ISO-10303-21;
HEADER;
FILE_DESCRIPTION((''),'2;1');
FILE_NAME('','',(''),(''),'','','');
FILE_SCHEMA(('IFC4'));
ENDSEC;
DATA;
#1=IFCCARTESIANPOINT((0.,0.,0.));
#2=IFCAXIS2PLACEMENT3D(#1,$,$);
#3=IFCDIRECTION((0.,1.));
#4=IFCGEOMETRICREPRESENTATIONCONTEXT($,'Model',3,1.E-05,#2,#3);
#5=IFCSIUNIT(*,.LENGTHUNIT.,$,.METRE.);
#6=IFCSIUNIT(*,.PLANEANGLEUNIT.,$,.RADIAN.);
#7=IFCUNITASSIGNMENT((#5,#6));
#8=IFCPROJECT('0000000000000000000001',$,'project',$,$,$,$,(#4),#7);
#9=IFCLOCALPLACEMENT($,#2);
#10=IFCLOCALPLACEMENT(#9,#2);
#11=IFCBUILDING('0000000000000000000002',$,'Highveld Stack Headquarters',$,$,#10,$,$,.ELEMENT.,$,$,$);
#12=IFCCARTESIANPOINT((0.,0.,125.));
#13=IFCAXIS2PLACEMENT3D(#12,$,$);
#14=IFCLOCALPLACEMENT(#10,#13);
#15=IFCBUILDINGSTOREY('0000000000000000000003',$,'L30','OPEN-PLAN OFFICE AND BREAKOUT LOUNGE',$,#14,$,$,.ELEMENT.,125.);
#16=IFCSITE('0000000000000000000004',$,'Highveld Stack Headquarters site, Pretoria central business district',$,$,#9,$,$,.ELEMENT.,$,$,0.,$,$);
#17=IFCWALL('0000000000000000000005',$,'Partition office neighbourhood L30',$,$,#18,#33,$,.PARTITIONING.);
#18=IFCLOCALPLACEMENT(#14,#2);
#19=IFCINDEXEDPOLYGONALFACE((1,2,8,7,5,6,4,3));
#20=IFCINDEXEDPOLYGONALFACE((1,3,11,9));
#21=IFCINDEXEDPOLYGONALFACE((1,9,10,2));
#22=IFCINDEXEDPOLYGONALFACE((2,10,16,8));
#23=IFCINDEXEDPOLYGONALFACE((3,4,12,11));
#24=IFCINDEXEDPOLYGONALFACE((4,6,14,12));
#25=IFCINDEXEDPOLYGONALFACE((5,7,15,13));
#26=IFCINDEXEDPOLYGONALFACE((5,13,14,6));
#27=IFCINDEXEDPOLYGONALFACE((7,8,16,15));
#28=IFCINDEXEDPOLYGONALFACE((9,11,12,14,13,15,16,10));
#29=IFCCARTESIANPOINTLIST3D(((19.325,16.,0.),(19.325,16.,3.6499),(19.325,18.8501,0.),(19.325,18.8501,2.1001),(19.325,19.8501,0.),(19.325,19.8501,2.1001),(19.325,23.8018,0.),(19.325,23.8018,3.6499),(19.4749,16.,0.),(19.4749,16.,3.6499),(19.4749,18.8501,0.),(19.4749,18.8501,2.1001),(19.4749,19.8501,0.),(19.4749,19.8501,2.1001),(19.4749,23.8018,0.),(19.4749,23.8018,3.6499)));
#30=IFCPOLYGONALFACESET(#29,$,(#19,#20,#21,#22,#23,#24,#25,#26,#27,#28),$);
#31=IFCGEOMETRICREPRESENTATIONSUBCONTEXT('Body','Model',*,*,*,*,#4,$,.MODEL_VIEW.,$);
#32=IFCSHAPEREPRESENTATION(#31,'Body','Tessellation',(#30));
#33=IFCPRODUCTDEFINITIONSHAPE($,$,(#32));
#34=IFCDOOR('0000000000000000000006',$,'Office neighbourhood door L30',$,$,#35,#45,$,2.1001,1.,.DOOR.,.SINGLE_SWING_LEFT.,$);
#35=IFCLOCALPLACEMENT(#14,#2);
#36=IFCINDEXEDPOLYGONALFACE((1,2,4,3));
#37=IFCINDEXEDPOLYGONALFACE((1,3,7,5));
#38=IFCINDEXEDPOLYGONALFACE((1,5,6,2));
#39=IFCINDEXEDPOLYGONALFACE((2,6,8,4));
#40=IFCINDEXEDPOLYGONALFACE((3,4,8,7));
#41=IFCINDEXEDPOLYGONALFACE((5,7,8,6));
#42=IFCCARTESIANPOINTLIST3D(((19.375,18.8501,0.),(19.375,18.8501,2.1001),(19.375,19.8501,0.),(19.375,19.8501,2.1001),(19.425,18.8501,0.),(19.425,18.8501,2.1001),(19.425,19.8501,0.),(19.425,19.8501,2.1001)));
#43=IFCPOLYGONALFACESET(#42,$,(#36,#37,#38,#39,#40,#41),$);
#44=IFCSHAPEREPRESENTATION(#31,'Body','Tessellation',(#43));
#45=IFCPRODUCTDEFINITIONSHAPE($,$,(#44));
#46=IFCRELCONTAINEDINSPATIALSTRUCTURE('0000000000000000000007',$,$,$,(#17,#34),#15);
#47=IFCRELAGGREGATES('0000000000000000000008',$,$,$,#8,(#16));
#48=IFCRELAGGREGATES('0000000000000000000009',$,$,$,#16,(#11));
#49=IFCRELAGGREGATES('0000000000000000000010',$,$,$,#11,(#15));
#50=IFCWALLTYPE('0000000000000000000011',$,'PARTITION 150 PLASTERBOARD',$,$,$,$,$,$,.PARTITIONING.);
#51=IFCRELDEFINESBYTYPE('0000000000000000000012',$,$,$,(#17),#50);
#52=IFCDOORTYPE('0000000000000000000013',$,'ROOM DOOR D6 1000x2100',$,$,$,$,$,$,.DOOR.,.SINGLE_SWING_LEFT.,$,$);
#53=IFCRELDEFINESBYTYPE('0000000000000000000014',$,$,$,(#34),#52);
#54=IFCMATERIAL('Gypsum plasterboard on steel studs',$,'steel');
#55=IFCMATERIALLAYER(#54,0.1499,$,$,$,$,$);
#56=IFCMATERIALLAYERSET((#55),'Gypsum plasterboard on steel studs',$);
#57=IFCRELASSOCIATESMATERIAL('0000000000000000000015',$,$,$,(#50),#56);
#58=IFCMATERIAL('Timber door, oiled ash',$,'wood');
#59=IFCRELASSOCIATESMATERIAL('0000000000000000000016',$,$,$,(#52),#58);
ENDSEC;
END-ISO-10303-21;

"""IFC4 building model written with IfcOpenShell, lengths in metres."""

from ifc_helpers import new_model, si_unit, direction, frame, frame_2d, origin, place, context, subcontext, project, spatial, rectangle, extrude, material, layer, layer_set, type_object, element, fill, save


model = new_model("IFC4")

# Units and contexts
model_context = context("Model", 3, precision=1e-05, world=origin(), true_north=direction((0.0, 1.0)))
body_context = subcontext(model_context, "Body", "Model", "MODEL_VIEW")
ifc_project = project(units=[si_unit("LENGTHUNIT", "METRE"), si_unit("PLANEANGLEUNIT", "RADIAN")], contexts=[model_context])

# Site, building, storey
site_placement = place(None, origin())
site = spatial("IfcSite", under=ifc_project, at=site_placement, Name="Highveld Stack Headquarters site, Pretoria central business district", CompositionType="ELEMENT", RefElevation=0.0)
building_placement = place(site_placement, origin())
building = spatial("IfcBuilding", under=site, at=building_placement, Name="Highveld Stack Headquarters", CompositionType="ELEMENT")
storey_placement = place(building_placement, frame((0.0, 0.0, 125.0)))
storey = spatial("IfcBuildingStorey", under=building, at=storey_placement, Name="L30", Description="OPEN-PLAN OFFICE AND BREAKOUT LOUNGE", CompositionType="ELEMENT", Elevation=125.0)

# Wall, opening, door
ifc_material_1 = material(Name="Gypsum plasterboard on steel studs", Category="steel")
ifc_layer_1 = layer(ifc_material_1, 0.1499)
ifc_layer_set_1 = layer_set([ifc_layer_1], Name="Gypsum plasterboard on steel studs")
wall_type_1 = type_object("IfcWallType", Name="PARTITION 150 PLASTERBOARD", PredefinedType="PARTITIONING", material=ifc_layer_set_1)
wall_1_placement = place(storey_placement, frame((19.3999, 16.0, 0.0), z_axis=(0.0, 0.0, 1.0), x_axis=(0.0, 1.0, 0.0)))
wall_1 = element("IfcWall", 1, at=wall_1_placement, inside=storey, type_object=wall_type_1, Name="Partition office neighbourhood L30", PredefinedType="PARTITIONING", context=body_context, shape_type="SweptSolid", body=[
    extrude(rectangle(XDim=7.8018, YDim=0.1499, at=frame_2d((3.9009, 0.0))), origin(), (0.0, 0.0, 1.0), 3.6499),
])
opening_placement = place(wall_1_placement, frame((2.8501, 0.0, 0.0)))
opening = element("IfcOpeningElement", 2, at=opening_placement, cuts=wall_1, PredefinedType="OPENING", context=body_context, shape_type="SweptSolid", body=[
    extrude(rectangle(XDim=1.0, YDim=2.1001, at=frame_2d((0.5, 1.05))), frame((0.0, 0.085, 0.0), z_axis=(0.0, -1.0, 0.0), x_axis=(1.0, 0.0, 0.0)), (0.0, 0.0, 1.0), 0.1699),
])
ifc_material_2 = material(Name="Timber door, oiled ash", Category="wood")
door_type = type_object("IfcDoorType", Name="ROOM DOOR D6 1000x2100", OperationType="SINGLE_SWING_LEFT", PredefinedType="DOOR", material=ifc_material_2)
door_placement = place(opening_placement, origin())
door = element("IfcDoor", 3, at=door_placement, inside=storey, type_object=door_type, Name="Office neighbourhood door L30", OperationType="SINGLE_SWING_LEFT", OverallHeight=2.1001, OverallWidth=1.0, PredefinedType="DOOR", context=body_context, shape_type="SweptSolid", body=[
    extrude(rectangle(XDim=1.0, YDim=2.1001, at=frame_2d((0.5, 1.05))), frame((0.0, 0.0249, 0.0), z_axis=(0.0, -1.0, 0.0), x_axis=(1.0, 0.0, 0.0)), (0.0, 0.0, 1.0), 0.05),
])
fill(opening, door)

save(model, "model.ifc")
